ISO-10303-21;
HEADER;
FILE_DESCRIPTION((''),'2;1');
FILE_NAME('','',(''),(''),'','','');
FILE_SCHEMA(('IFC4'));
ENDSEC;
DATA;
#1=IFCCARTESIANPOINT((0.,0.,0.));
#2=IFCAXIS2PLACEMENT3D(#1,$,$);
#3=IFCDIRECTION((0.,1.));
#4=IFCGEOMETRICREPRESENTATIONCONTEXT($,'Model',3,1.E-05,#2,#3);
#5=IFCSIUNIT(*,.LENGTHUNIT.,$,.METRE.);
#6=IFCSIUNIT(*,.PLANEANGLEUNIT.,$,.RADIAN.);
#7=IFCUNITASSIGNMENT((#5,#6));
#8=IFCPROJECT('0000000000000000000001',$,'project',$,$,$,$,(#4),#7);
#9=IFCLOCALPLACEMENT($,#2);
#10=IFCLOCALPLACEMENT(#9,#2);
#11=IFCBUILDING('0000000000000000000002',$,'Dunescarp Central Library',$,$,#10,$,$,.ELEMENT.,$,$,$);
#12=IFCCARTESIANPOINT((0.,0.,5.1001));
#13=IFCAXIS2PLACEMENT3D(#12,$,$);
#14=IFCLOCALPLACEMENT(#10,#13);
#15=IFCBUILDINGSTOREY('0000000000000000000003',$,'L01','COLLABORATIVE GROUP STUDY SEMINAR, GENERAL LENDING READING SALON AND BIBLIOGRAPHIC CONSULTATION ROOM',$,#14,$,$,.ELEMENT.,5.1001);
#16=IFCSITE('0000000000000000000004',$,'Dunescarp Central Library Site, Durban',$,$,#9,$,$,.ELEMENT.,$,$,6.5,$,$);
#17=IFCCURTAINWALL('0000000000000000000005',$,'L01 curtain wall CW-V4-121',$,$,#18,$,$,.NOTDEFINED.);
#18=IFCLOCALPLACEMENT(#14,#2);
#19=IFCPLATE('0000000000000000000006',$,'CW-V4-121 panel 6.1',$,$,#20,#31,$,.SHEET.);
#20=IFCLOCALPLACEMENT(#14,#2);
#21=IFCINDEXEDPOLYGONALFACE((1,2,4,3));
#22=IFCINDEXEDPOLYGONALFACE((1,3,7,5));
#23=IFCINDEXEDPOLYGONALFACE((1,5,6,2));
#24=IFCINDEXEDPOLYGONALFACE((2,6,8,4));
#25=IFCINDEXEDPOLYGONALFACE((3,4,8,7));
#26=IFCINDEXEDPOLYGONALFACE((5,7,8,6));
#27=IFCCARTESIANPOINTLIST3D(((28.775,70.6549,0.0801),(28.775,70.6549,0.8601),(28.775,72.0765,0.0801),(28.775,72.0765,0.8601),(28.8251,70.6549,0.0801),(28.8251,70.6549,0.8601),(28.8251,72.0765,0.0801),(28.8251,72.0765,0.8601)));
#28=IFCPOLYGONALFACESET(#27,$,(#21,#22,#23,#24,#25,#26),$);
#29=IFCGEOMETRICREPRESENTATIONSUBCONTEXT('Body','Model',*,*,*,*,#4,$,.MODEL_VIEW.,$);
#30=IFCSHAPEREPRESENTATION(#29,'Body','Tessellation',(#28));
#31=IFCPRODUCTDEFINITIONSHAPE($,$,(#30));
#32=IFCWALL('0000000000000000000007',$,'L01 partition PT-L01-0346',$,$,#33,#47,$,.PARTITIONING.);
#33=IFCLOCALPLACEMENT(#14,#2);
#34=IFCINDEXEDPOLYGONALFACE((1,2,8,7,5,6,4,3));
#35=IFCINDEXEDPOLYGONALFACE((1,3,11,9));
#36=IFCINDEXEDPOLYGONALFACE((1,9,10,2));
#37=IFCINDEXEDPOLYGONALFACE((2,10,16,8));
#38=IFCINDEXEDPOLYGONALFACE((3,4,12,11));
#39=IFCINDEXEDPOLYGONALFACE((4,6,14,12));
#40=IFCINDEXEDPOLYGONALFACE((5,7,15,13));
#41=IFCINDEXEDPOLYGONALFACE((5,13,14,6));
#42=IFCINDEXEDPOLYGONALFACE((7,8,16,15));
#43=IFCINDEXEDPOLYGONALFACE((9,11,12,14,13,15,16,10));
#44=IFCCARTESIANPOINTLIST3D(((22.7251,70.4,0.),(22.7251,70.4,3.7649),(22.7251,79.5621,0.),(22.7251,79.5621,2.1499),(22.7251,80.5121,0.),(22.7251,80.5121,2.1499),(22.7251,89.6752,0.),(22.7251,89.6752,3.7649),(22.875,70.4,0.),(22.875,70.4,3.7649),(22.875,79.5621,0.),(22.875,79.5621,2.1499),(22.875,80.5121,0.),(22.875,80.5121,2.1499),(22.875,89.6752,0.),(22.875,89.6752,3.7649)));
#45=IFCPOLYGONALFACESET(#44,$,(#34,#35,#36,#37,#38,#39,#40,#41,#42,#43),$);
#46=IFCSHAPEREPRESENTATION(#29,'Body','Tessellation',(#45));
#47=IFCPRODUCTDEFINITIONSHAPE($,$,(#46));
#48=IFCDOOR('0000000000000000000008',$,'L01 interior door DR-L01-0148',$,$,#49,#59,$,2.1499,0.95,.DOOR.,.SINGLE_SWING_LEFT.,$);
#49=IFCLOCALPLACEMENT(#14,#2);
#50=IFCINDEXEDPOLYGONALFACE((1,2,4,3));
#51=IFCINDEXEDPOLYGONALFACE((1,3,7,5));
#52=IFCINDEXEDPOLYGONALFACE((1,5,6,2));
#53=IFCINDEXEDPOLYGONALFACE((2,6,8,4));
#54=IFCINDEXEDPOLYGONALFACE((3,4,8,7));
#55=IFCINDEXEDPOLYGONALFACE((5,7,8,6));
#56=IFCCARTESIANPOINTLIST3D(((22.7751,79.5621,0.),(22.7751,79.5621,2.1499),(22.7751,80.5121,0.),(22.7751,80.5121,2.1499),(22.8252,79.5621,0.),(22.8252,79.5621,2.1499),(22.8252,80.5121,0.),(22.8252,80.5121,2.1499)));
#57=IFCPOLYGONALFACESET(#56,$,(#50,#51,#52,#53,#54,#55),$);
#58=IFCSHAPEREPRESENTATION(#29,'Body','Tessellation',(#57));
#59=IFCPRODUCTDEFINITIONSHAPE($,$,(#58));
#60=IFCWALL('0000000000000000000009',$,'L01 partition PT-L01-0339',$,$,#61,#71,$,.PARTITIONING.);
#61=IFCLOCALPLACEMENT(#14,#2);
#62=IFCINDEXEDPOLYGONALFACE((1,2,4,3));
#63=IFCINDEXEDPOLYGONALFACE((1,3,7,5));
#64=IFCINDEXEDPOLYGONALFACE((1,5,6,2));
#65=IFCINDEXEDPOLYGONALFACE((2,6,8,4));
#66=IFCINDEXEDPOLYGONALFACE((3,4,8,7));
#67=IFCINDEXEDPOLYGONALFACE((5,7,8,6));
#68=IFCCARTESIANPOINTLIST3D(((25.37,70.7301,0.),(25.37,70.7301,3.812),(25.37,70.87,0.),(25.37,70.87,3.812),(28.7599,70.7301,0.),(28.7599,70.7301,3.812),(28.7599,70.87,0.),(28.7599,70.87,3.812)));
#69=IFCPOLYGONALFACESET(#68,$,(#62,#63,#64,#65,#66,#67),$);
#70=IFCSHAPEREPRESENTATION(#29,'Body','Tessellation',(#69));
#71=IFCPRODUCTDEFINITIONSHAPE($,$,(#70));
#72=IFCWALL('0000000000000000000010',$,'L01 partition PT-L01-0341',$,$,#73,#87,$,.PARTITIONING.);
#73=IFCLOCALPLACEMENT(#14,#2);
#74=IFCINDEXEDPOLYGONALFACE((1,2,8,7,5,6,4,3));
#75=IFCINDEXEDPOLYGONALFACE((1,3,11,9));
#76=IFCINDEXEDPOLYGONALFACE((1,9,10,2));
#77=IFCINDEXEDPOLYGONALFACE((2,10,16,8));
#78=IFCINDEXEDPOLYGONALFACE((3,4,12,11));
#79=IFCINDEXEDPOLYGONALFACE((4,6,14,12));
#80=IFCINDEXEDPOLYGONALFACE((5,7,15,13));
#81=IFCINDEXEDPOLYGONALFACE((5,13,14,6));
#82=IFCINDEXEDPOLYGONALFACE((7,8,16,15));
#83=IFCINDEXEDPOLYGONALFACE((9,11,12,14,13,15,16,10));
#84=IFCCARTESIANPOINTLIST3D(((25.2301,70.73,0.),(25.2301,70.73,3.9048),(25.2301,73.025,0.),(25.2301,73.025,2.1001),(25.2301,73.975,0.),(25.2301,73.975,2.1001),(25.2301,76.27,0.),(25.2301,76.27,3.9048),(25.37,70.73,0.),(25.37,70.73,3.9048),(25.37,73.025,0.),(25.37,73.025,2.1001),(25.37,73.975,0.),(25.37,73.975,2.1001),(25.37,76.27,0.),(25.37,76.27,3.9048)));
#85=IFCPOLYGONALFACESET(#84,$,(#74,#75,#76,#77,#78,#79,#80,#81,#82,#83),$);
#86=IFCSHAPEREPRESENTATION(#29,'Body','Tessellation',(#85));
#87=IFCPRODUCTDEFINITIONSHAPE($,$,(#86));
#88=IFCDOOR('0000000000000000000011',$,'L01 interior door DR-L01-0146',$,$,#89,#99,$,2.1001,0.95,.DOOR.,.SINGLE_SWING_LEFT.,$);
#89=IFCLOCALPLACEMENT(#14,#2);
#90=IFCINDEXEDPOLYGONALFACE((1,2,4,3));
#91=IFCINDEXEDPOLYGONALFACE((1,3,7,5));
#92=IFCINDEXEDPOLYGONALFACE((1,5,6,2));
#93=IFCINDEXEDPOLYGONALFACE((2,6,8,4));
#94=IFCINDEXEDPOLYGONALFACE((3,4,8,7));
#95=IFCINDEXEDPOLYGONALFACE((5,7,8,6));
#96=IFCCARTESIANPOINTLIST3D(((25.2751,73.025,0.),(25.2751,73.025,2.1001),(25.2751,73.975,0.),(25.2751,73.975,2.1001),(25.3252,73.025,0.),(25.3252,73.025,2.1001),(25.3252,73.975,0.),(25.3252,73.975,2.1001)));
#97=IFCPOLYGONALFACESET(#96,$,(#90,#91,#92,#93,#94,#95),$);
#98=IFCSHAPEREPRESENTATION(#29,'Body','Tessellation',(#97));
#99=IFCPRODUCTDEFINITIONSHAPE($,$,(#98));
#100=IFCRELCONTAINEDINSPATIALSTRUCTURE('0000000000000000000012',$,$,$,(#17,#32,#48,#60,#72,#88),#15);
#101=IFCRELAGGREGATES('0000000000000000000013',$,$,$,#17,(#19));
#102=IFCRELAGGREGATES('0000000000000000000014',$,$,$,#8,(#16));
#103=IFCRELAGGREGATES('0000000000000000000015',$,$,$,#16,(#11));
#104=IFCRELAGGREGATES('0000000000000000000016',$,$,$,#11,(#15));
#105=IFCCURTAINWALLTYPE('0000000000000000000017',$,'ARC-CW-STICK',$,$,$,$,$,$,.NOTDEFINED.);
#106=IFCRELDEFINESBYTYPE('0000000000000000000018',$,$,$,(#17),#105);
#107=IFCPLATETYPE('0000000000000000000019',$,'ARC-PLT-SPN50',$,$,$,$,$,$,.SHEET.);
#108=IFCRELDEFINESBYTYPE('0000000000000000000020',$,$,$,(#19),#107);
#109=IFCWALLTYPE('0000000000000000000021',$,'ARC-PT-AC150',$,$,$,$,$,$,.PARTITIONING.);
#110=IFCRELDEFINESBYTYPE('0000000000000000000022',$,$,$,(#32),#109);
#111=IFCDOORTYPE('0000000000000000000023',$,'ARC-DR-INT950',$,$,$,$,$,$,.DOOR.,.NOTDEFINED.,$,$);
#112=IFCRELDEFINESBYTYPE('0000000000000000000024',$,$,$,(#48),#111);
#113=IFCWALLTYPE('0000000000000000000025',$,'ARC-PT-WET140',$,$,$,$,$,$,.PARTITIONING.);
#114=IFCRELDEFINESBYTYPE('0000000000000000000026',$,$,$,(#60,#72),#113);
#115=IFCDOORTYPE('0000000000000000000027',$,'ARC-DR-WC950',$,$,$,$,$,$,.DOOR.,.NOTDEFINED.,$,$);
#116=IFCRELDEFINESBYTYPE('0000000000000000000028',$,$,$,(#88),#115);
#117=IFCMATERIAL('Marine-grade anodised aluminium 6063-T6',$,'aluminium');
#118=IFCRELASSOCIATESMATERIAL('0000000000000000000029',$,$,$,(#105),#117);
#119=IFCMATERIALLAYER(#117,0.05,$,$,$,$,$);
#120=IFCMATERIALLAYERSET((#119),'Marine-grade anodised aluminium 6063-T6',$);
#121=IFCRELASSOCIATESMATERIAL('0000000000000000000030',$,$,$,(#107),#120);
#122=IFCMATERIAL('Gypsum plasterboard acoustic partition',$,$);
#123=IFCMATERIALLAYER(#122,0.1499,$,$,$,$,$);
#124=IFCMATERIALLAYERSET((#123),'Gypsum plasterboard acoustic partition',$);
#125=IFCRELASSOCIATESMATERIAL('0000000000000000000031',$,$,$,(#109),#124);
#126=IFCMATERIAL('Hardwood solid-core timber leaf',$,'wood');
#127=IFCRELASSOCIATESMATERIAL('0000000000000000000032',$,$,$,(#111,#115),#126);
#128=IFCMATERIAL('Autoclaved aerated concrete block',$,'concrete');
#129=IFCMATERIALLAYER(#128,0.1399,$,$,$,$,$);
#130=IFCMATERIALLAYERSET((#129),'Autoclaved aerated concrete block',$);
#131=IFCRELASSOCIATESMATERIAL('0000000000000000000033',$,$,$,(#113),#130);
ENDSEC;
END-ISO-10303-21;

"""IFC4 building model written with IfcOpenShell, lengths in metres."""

from ifc_helpers import new_model, si_unit, direction, frame, frame_2d, origin, origin_2d, place, context, subcontext, project, spatial, rectangle, extrude, material, layer, layer_set, type_object, element, fill, aggregate, save


model = new_model("IFC4")

# Units and contexts
model_context = context("Model", 3, precision=1e-05, world=origin(), true_north=direction((0.0, 1.0)))
body_context = subcontext(model_context, "Body", "Model", "MODEL_VIEW")
ifc_project = project(units=[si_unit("LENGTHUNIT", "METRE"), si_unit("PLANEANGLEUNIT", "RADIAN")], contexts=[model_context])

# Site, building, storey
site_placement = place(None, origin())
site = spatial("IfcSite", under=ifc_project, at=site_placement, Name="Dunescarp Central Library Site, Durban", CompositionType="ELEMENT", RefElevation=6.5)
building_placement = place(site_placement, origin())
building = spatial("IfcBuilding", under=site, at=building_placement, Name="Dunescarp Central Library", CompositionType="ELEMENT")
storey_placement = place(building_placement, frame((0.0, 0.0, 5.1001)))
storey = spatial("IfcBuildingStorey", under=building, at=storey_placement, Name="L01", Description="COLLABORATIVE GROUP STUDY SEMINAR, GENERAL LENDING READING SALON AND BIBLIOGRAPHIC CONSULTATION ROOM", CompositionType="ELEMENT", Elevation=5.1001)

# Shared definitions
ifc_material_1 = material(Name="Marine-grade anodised aluminium 6063-T6", Category="aluminium")
curtain_wall_type = type_object("IfcCurtainWallType", Name="ARC-CW-STICK", PredefinedType="NOTDEFINED", material=ifc_material_1)

# Curtain wall
curtain_wall_1_placement = place(storey_placement, origin())
curtain_wall_1 = element("IfcCurtainWall", 1, at=curtain_wall_1_placement, inside=storey, type_object=curtain_wall_type, Name="L01 curtain wall CW-V4-121", PredefinedType="NOTDEFINED")

# Plate
ifc_layer_1 = layer(ifc_material_1, 0.05)
ifc_layer_set_1 = layer_set([ifc_layer_1], Name="Marine-grade anodised aluminium 6063-T6")
plate_type_1 = type_object("IfcPlateType", Name="ARC-PLT-SPN50", PredefinedType="SHEET", material=ifc_layer_set_1)
plate_1_placement = place(storey_placement, frame((28.8, 71.3657, 0.0801), z_axis=(0.0, 0.0, 1.0), x_axis=(0.0, -1.0, 0.0)))
plate_1 = element("IfcPlate", 2, at=plate_1_placement, type_object=plate_type_1, Name="CW-V4-121 panel 6.1", PredefinedType="SHEET", context=body_context, shape_type="SweptSolid", body=[
    extrude(rectangle(XDim=1.4216, YDim=0.05, at=origin_2d()), origin(), (0.0, 0.0, 1.0), 0.78),
])
aggregate(curtain_wall_1, [plate_1])

# Wall, opening, door
ifc_material_2 = material(Name="Gypsum plasterboard acoustic partition")
ifc_layer_2 = layer(ifc_material_2, 0.1499)
ifc_layer_set_2 = layer_set([ifc_layer_2], Name="Gypsum plasterboard acoustic partition")
wall_type_1 = type_object("IfcWallType", Name="ARC-PT-AC150", PredefinedType="PARTITIONING", material=ifc_layer_set_2)
wall_1_placement = place(storey_placement, frame((22.8, 70.3999, 0.0), z_axis=(0.0, 0.0, 1.0), x_axis=(0.0, 1.0, 0.0)))
wall_1 = element("IfcWall", 3, at=wall_1_placement, inside=storey, type_object=wall_type_1, Name="L01 partition PT-L01-0346", PredefinedType="PARTITIONING", context=body_context, shape_type="SweptSolid", body=[
    extrude(rectangle(XDim=19.2751, YDim=0.1499, at=frame_2d((9.6377, 0.0))), origin(), (0.0, 0.0, 1.0), 3.7649),
])
opening_1_placement = place(wall_1_placement, frame((9.1621, 0.0, 0.0)))
opening_1 = element("IfcOpeningElement", 4, at=opening_1_placement, cuts=wall_1, PredefinedType="OPENING", context=body_context, shape_type="SweptSolid", body=[
    extrude(rectangle(XDim=0.95, YDim=2.1499, at=frame_2d((0.4751, 1.075))), frame((0.0, 0.085, 0.0), z_axis=(0.0, -1.0, 0.0), x_axis=(1.0, 0.0, 0.0)), (0.0, 0.0, 1.0), 0.1699),
])
ifc_material_3 = material(Name="Hardwood solid-core timber leaf", Category="wood")
door_type_1 = type_object("IfcDoorType", Name="ARC-DR-INT950", OperationType="NOTDEFINED", PredefinedType="DOOR", material=ifc_material_3)
door_1_placement = place(opening_1_placement, origin())
door_1 = element("IfcDoor", 5, at=door_1_placement, inside=storey, type_object=door_type_1, Name="L01 interior door DR-L01-0148", OperationType="SINGLE_SWING_LEFT", OverallHeight=2.1499, OverallWidth=0.95, PredefinedType="DOOR", context=body_context, shape_type="SweptSolid", body=[
    extrude(rectangle(XDim=0.95, YDim=2.1499, at=frame_2d((0.4751, 1.075))), frame((0.0, 0.0249, 0.0), z_axis=(0.0, -1.0, 0.0), x_axis=(1.0, 0.0, 0.0)), (0.0, 0.0, 1.0), 0.05),
])
fill(opening_1, door_1)

# Wall
ifc_material_4 = material(Name="Autoclaved aerated concrete block", Category="concrete")
ifc_layer_3 = layer(ifc_material_4, 0.1399)
ifc_layer_set_3 = layer_set([ifc_layer_3], Name="Autoclaved aerated concrete block")
wall_type_2 = type_object("IfcWallType", Name="ARC-PT-WET140", PredefinedType="PARTITIONING", material=ifc_layer_set_3)
wall_2_placement = place(storey_placement, frame((25.3701, 70.8, 0.0), z_axis=(0.0, 0.0, 1.0), x_axis=(1.0, 0.0, 0.0)))
element("IfcWall", 6, at=wall_2_placement, inside=storey, type_object=wall_type_2, Name="L01 partition PT-L01-0339", PredefinedType="PARTITIONING", context=body_context, shape_type="SweptSolid", body=[
    extrude(rectangle(XDim=3.3899, YDim=0.1399, at=frame_2d((1.6948, 0.0))), origin(), (0.0, 0.0, 1.0), 3.812),
])

# Wall, opening, door
wall_3_placement = place(storey_placement, frame((25.3, 70.73, 0.0), z_axis=(0.0, 0.0, 1.0), x_axis=(0.0, 1.0, 0.0)))
wall_3 = element("IfcWall", 7, at=wall_3_placement, inside=storey, type_object=wall_type_2, Name="L01 partition PT-L01-0341", PredefinedType="PARTITIONING", context=body_context, shape_type="SweptSolid", body=[
    extrude(rectangle(XDim=5.54, YDim=0.1399, at=frame_2d((2.77, 0.0))), origin(), (0.0, 0.0, 1.0), 3.9048),
])
opening_2_placement = place(wall_3_placement, frame((2.2949, 0.0, 0.0)))
opening_2 = element("IfcOpeningElement", 8, at=opening_2_placement, cuts=wall_3, PredefinedType="OPENING", context=body_context, shape_type="SweptSolid", body=[
    extrude(rectangle(XDim=0.95, YDim=2.1001, at=frame_2d((0.4751, 1.05))), frame((0.0, 0.0801, 0.0), z_axis=(0.0, -1.0, 0.0), x_axis=(1.0, 0.0, 0.0)), (0.0, 0.0, 1.0), 0.1599),
])
door_type_2 = type_object("IfcDoorType", Name="ARC-DR-WC950", OperationType="NOTDEFINED", PredefinedType="DOOR", material=ifc_material_3)
door_2_placement = place(opening_2_placement, origin())
door_2 = element("IfcDoor", 9, at=door_2_placement, inside=storey, type_object=door_type_2, Name="L01 interior door DR-L01-0146", OperationType="SINGLE_SWING_LEFT", OverallHeight=2.1001, OverallWidth=0.95, PredefinedType="DOOR", context=body_context, shape_type="SweptSolid", body=[
    extrude(rectangle(XDim=0.95, YDim=2.1001, at=frame_2d((0.4751, 1.05))), frame((0.0, 0.0249, 0.0), z_axis=(0.0, -1.0, 0.0), x_axis=(1.0, 0.0, 0.0)), (0.0, 0.0, 1.0), 0.05),
])
fill(opening_2, door_2)

save(model, "model.ifc")
